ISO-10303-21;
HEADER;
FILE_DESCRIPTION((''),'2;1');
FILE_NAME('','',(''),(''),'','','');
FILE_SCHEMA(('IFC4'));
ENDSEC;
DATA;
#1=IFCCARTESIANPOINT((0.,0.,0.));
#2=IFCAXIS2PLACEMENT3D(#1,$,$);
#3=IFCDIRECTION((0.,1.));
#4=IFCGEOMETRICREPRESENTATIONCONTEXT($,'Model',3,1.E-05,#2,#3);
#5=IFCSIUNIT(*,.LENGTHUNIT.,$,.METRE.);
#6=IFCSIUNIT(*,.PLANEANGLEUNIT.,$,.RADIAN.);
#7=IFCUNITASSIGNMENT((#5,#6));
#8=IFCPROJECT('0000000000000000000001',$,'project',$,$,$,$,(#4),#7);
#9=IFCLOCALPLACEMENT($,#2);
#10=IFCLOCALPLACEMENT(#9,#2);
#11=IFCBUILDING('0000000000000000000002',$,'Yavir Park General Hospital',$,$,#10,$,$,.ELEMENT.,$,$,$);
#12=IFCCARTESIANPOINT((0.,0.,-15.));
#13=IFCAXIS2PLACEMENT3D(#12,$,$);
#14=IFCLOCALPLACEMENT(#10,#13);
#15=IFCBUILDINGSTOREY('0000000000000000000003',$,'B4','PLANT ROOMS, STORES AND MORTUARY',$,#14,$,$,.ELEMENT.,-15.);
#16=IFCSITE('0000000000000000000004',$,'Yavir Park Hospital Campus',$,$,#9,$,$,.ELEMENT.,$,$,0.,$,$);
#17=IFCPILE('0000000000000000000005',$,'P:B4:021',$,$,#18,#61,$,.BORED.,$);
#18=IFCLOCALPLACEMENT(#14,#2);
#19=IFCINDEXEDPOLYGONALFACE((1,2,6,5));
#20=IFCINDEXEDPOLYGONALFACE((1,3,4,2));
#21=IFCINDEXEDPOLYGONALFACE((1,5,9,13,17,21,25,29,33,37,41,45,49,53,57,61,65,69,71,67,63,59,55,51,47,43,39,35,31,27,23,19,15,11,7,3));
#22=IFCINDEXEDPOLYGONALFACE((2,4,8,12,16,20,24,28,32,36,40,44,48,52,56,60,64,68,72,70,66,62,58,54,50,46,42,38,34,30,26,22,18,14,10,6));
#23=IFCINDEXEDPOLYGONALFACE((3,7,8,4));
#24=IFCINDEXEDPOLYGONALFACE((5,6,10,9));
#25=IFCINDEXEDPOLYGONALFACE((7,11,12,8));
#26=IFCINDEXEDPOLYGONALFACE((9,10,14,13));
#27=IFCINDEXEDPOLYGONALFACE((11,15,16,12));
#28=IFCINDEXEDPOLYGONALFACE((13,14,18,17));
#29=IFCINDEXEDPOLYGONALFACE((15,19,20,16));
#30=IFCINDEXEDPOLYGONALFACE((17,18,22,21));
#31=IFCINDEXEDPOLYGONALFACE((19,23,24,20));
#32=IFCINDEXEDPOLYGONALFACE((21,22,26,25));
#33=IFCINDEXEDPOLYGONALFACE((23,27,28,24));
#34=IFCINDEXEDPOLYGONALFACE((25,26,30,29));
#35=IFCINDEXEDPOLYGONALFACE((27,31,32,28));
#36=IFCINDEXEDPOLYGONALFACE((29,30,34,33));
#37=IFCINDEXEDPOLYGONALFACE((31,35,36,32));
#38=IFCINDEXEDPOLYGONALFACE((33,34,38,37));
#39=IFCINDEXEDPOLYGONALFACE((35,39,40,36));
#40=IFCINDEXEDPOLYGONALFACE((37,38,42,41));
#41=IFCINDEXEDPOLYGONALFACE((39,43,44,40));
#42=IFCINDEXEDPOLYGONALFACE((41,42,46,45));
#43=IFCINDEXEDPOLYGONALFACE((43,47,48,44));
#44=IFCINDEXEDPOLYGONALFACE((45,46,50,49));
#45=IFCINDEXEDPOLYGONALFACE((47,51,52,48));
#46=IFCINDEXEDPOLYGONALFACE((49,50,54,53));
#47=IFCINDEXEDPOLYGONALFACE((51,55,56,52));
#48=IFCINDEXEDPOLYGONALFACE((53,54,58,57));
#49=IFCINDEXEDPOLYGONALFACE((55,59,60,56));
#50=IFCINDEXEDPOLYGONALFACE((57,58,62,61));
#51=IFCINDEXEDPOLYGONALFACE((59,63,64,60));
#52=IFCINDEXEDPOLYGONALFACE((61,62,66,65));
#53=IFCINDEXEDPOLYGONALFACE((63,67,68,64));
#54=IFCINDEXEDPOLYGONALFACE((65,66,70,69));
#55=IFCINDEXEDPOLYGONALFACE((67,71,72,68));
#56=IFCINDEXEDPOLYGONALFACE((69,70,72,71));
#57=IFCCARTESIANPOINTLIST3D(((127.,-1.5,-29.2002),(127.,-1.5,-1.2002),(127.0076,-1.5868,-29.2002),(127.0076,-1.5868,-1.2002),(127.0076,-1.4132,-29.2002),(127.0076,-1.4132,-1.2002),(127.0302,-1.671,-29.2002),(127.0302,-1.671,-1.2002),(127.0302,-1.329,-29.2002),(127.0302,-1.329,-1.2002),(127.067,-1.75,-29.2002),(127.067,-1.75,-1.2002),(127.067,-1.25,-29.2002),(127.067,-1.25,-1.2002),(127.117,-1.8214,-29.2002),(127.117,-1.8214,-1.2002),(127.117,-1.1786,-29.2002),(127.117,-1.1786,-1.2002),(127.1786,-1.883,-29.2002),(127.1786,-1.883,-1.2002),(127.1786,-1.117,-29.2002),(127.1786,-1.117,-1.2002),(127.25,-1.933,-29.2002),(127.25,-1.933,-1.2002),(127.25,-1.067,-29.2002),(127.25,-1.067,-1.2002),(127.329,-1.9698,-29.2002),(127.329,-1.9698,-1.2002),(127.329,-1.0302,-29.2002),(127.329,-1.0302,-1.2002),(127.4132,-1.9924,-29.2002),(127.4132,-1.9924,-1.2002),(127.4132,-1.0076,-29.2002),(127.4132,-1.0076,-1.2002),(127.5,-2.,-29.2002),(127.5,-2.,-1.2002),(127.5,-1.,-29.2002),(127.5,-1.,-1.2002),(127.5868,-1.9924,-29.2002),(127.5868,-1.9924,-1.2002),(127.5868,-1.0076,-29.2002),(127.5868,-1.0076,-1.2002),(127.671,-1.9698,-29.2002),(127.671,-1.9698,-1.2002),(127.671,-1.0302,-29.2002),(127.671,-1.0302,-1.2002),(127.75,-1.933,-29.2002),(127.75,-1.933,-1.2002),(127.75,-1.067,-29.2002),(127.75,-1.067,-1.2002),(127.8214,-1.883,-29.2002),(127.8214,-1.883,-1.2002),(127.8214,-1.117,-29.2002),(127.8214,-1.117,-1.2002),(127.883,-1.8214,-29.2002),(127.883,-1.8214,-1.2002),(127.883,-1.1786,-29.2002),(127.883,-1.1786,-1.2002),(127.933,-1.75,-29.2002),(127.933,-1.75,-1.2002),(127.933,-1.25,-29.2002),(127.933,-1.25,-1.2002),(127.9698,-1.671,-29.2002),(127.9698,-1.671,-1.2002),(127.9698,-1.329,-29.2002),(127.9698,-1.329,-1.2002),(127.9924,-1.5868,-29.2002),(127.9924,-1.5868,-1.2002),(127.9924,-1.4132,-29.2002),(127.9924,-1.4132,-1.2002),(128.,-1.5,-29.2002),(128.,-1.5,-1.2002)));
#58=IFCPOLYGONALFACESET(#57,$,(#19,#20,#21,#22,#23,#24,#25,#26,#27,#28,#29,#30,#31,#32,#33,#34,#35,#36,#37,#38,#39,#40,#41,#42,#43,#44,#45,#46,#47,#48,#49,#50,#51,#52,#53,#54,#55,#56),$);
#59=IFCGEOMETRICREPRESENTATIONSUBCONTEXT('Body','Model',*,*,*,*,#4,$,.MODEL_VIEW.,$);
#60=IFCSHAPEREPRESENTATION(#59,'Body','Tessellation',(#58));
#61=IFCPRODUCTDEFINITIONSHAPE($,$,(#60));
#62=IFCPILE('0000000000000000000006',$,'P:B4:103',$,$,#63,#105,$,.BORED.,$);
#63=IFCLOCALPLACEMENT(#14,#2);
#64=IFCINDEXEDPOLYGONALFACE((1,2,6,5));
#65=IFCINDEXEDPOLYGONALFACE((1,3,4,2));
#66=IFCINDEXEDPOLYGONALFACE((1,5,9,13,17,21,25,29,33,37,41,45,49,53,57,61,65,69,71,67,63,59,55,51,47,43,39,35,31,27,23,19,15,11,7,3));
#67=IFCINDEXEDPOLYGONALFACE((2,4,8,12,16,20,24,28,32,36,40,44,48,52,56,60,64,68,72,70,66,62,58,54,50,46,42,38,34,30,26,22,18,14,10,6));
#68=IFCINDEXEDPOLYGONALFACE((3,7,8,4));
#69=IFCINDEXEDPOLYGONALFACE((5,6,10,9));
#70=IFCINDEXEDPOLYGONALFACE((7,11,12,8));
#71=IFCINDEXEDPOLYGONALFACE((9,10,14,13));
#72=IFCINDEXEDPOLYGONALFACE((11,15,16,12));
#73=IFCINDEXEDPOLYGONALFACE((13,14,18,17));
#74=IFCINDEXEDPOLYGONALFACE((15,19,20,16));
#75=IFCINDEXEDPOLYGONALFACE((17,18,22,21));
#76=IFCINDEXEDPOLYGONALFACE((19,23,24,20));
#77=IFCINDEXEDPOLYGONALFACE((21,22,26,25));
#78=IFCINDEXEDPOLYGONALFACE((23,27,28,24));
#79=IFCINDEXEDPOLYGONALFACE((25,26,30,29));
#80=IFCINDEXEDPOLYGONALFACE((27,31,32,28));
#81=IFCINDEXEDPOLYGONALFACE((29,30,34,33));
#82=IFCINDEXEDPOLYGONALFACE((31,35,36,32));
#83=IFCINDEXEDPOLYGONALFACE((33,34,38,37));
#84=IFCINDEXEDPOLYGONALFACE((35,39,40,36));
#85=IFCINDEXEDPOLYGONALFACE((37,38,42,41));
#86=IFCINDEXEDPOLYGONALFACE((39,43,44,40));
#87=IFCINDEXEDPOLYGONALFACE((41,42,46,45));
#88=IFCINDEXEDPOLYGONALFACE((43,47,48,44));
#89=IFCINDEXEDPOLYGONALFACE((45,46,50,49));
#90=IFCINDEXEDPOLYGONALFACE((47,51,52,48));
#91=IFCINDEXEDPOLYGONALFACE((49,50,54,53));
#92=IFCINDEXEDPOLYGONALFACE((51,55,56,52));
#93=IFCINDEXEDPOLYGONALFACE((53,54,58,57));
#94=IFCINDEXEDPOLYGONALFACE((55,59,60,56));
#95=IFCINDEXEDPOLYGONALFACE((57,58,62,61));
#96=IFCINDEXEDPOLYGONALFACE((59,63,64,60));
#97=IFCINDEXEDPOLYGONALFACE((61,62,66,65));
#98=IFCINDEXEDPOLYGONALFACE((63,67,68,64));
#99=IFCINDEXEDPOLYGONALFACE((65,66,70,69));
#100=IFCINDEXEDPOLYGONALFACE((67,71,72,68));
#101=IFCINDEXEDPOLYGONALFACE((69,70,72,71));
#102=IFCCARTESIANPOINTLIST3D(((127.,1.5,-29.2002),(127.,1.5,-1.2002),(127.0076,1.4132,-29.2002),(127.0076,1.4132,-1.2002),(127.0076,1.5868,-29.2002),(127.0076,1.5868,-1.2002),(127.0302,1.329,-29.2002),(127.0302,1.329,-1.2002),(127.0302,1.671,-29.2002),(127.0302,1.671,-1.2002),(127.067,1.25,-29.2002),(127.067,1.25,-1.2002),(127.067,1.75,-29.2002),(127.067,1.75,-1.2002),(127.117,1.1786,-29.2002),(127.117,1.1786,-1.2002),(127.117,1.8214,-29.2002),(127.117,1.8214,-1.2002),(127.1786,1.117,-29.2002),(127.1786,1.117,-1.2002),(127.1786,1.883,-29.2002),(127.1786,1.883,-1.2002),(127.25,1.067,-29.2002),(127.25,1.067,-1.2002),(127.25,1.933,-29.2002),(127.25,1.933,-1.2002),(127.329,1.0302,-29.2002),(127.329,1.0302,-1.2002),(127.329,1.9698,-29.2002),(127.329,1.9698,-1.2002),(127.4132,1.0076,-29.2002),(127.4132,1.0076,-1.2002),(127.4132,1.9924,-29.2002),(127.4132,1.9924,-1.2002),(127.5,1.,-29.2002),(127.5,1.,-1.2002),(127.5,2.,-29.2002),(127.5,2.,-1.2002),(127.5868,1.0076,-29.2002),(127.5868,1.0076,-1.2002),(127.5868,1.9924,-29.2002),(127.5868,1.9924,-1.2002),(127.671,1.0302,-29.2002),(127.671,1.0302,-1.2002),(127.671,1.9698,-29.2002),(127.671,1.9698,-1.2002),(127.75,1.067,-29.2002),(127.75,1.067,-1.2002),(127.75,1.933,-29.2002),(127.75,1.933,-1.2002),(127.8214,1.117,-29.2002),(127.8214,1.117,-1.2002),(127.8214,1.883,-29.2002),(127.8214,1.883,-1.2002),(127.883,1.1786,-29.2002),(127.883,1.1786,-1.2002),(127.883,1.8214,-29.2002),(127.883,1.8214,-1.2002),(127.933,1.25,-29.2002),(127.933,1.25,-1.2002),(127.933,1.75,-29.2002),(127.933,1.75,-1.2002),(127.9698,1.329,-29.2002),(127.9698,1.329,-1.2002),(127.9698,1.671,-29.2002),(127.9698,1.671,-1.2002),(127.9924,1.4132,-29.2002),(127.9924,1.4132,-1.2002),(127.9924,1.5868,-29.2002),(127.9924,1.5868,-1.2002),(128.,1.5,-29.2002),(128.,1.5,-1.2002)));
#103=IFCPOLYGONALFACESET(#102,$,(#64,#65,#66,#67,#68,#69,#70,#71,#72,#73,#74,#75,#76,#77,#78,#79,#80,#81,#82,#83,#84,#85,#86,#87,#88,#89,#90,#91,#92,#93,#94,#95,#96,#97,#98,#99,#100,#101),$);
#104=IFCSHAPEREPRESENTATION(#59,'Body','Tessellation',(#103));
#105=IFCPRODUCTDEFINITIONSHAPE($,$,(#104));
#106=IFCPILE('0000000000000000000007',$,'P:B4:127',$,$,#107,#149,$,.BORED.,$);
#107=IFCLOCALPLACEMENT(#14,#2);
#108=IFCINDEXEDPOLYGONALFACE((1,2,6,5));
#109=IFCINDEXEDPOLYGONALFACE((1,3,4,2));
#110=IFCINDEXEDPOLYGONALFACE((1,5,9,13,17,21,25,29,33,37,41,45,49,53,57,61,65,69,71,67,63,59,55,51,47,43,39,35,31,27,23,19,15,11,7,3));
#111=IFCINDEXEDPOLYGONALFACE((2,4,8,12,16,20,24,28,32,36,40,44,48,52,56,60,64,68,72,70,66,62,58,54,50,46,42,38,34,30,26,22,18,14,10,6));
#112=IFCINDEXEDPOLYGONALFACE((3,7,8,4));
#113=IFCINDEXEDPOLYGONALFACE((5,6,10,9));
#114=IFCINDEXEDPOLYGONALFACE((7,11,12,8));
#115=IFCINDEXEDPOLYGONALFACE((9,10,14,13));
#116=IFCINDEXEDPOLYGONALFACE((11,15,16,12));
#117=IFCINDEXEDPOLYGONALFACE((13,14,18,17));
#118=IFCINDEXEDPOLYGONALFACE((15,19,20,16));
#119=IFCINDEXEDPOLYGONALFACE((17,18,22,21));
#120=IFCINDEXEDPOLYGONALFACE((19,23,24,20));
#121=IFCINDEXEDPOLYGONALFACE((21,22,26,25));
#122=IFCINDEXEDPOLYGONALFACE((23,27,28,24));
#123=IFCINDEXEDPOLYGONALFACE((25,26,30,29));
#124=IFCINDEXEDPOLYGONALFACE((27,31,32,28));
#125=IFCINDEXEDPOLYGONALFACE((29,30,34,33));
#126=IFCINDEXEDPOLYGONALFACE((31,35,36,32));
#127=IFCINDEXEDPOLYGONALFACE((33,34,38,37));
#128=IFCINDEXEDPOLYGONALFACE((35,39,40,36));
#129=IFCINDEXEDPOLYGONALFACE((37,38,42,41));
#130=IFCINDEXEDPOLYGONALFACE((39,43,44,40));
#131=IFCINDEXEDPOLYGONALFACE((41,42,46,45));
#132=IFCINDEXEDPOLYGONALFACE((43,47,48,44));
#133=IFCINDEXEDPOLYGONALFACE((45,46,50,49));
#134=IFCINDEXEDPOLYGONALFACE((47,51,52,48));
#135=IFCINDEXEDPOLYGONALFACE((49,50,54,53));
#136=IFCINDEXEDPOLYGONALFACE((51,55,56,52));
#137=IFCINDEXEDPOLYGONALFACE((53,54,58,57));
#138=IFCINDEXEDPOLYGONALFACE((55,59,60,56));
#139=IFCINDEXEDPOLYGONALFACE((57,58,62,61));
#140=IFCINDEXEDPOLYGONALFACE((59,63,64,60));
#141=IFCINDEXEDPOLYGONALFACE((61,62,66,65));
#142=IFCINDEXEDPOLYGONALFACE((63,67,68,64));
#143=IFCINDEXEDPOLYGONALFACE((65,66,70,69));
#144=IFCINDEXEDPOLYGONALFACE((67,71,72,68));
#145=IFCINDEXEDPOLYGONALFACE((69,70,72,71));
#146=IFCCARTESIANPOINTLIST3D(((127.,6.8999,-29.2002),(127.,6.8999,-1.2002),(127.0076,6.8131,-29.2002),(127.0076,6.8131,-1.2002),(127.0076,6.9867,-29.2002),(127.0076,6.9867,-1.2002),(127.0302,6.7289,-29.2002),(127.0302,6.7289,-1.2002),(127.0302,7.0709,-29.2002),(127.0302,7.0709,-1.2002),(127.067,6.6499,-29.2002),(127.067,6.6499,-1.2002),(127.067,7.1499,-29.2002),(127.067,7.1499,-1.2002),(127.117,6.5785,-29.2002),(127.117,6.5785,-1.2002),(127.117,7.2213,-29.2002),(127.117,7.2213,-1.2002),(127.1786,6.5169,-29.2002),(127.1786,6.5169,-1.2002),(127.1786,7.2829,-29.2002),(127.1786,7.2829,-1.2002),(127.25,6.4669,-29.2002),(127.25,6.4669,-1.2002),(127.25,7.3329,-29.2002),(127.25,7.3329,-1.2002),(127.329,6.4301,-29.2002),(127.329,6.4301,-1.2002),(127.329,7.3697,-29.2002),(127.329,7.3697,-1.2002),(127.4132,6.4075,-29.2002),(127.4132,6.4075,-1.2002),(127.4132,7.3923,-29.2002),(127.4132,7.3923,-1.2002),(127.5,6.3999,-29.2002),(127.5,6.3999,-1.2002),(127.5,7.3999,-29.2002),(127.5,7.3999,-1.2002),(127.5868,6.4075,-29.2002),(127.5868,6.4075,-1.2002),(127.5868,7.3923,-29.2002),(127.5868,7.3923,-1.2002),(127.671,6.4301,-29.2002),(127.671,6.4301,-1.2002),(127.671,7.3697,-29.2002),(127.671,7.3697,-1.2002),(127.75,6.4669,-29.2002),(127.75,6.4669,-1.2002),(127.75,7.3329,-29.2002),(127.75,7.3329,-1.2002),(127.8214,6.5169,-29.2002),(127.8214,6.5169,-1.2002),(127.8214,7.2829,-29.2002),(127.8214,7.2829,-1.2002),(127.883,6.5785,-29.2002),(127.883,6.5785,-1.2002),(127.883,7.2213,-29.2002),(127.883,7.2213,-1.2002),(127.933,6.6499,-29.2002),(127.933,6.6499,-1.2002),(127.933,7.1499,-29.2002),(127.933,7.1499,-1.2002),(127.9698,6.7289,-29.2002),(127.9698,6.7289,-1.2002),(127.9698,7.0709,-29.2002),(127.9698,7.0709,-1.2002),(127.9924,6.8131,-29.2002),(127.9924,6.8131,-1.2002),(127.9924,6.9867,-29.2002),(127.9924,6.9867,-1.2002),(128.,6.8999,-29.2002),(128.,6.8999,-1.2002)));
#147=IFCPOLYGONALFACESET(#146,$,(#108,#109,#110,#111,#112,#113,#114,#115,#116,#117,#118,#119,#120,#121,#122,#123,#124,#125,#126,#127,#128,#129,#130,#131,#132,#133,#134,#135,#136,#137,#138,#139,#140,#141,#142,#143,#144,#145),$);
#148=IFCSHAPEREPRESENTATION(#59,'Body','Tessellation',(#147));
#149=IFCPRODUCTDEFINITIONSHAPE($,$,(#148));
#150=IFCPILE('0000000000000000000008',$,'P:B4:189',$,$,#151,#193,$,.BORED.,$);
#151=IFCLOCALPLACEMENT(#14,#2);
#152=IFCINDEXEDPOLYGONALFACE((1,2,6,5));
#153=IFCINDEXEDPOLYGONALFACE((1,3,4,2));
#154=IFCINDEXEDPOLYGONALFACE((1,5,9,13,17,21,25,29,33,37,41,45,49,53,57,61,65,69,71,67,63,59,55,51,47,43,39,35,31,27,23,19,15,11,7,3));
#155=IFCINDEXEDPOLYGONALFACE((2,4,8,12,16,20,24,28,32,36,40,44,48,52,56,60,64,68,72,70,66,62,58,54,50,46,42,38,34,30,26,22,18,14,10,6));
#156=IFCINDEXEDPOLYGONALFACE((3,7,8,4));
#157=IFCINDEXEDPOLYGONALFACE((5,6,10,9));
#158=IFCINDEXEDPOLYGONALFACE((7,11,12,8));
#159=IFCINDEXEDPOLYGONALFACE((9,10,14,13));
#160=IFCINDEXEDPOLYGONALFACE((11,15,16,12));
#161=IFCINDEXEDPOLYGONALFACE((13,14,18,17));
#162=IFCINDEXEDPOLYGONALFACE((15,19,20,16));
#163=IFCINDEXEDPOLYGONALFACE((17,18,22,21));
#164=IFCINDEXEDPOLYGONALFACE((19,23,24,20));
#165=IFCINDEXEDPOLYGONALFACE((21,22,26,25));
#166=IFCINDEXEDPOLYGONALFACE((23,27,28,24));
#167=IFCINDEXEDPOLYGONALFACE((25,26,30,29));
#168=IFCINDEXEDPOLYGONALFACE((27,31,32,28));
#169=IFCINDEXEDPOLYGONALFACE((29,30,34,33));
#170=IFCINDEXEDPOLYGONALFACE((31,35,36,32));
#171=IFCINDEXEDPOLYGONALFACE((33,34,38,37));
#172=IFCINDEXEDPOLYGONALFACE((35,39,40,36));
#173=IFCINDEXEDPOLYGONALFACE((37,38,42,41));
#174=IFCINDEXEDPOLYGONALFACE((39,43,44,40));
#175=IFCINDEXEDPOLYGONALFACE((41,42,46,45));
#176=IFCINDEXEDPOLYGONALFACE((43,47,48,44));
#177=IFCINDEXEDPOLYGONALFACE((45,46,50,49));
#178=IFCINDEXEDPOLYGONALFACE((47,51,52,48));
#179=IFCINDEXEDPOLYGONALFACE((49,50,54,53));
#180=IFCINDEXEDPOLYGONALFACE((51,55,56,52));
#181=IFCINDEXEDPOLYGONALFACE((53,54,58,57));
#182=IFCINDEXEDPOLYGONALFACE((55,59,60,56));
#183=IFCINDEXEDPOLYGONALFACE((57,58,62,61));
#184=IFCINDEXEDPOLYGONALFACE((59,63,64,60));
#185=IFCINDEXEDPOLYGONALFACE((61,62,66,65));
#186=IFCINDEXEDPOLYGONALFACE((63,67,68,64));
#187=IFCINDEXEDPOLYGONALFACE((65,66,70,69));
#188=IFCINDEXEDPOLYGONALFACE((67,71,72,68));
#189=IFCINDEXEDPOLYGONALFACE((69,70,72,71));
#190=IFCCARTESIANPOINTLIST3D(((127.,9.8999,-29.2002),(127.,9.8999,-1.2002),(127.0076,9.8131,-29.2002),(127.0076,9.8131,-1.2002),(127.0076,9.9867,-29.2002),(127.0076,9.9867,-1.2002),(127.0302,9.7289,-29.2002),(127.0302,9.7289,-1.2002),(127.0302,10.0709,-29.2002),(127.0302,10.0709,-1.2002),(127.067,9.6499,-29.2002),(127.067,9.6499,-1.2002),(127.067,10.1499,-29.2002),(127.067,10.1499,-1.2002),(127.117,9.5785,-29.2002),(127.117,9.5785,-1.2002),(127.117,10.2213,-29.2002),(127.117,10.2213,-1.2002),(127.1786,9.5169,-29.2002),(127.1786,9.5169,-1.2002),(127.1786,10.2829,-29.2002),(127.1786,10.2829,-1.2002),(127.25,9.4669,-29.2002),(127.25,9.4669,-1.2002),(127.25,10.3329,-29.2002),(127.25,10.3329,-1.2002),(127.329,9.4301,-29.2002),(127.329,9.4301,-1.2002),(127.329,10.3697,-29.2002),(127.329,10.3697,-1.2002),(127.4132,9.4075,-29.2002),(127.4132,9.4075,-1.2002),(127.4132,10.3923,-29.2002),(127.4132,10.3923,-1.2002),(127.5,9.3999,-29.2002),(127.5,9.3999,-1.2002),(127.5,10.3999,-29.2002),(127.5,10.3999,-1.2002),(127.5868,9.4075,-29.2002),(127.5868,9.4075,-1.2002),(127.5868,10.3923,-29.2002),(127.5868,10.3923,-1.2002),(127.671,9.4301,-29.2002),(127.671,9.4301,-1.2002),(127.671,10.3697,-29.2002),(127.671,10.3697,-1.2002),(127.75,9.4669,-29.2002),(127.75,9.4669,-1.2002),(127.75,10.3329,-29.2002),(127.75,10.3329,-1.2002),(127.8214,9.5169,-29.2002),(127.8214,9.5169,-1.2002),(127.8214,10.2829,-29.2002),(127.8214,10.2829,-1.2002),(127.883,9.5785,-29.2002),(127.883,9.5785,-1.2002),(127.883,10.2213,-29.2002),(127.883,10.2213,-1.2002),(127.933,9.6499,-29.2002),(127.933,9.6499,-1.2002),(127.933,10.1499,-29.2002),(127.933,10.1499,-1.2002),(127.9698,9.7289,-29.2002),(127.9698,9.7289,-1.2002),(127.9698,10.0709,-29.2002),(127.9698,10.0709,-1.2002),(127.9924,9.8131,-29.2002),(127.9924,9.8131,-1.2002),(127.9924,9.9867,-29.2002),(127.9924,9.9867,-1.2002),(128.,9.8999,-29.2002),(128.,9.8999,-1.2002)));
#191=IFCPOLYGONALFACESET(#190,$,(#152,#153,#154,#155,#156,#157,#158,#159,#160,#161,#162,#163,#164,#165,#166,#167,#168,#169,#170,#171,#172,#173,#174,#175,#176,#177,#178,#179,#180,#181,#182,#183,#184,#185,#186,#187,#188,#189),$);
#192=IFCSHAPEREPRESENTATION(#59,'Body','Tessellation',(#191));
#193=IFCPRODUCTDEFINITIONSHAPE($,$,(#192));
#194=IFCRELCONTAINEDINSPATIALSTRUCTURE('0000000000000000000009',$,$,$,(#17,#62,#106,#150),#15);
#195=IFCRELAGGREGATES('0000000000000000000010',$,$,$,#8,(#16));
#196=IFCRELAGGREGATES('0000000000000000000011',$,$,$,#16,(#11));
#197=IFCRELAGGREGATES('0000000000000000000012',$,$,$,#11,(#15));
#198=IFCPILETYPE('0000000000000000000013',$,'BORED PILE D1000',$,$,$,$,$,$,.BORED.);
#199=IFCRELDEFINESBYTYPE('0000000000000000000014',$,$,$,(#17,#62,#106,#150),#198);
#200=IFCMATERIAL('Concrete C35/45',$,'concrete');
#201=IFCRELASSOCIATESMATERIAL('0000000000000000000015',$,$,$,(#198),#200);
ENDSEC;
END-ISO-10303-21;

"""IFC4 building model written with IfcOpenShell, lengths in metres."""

from ifc_helpers import new_model, si_unit, direction, frame, origin, origin_2d, place, context, subcontext, project, spatial, circle, extrude, material, material_profile, profile_set, type_object, element, save


model = new_model("IFC4")

# Units and contexts
model_context = context("Model", 3, precision=1e-05, world=origin(), true_north=direction((0.0, 1.0)))
body_context = subcontext(model_context, "Body", "Model", "MODEL_VIEW")
ifc_project = project(units=[si_unit("LENGTHUNIT", "METRE"), si_unit("PLANEANGLEUNIT", "RADIAN")], contexts=[model_context])

# Site, building, storey
site_placement = place(None, origin())
site = spatial("IfcSite", under=ifc_project, at=site_placement, Name="Yavir Park Hospital Campus", CompositionType="ELEMENT", RefElevation=0.0)
building_placement = place(site_placement, origin())
building = spatial("IfcBuilding", under=site, at=building_placement, Name="Yavir Park General Hospital", CompositionType="ELEMENT")
storey_placement = place(building_placement, frame((0.0, 0.0, -15.0)))
storey = spatial("IfcBuildingStorey", under=building, at=storey_placement, Name="B4", Description="PLANT ROOMS, STORES AND MORTUARY", CompositionType="ELEMENT", Elevation=-15.0)

# Piles
ifc_material_1 = material(Name="Concrete C35/45", Category="concrete")
ifc_material_profile_1 = material_profile(ifc_material_1, circle(Radius=0.5, at=origin_2d()), Name="D1000")
ifc_profile_set_1 = profile_set([ifc_material_profile_1], Name="Concrete C35/45")
pile_type_1 = type_object("IfcPileType", Name="BORED PILE D1000", PredefinedType="BORED", material=ifc_profile_set_1)
for number, where, z_axis, x_axis, name in (
    (1, (127.5, -1.5, -1.2002), (0.0, 0.0, -1.0), (1.0, 0.0, 0.0), "P:B4:021"),
    (2, (127.5, 1.5, -1.2002), (0.0, 0.0, -1.0), (1.0, 0.0, 0.0), "P:B4:103"),
    (3, (127.5, 6.8999, -1.2002), (0.0, 0.0, -1.0), (1.0, 0.0, 0.0), "P:B4:127"),
    (4, (127.5, 9.8999, -1.2002), (0.0, 0.0, -1.0), (1.0, 0.0, 0.0), "P:B4:189"),
):
    element("IfcPile", number, at=place(storey_placement, frame(where, z_axis=z_axis, x_axis=x_axis)), inside=storey, type_object=pile_type_1, Name=name, PredefinedType="BORED", context=body_context, shape_type="SweptSolid", body=[
        extrude(circle(Radius=0.5, at=origin_2d()), origin(), (0.0, 0.0, 1.0), 28.0),
    ])

save(model, "model.ifc")
